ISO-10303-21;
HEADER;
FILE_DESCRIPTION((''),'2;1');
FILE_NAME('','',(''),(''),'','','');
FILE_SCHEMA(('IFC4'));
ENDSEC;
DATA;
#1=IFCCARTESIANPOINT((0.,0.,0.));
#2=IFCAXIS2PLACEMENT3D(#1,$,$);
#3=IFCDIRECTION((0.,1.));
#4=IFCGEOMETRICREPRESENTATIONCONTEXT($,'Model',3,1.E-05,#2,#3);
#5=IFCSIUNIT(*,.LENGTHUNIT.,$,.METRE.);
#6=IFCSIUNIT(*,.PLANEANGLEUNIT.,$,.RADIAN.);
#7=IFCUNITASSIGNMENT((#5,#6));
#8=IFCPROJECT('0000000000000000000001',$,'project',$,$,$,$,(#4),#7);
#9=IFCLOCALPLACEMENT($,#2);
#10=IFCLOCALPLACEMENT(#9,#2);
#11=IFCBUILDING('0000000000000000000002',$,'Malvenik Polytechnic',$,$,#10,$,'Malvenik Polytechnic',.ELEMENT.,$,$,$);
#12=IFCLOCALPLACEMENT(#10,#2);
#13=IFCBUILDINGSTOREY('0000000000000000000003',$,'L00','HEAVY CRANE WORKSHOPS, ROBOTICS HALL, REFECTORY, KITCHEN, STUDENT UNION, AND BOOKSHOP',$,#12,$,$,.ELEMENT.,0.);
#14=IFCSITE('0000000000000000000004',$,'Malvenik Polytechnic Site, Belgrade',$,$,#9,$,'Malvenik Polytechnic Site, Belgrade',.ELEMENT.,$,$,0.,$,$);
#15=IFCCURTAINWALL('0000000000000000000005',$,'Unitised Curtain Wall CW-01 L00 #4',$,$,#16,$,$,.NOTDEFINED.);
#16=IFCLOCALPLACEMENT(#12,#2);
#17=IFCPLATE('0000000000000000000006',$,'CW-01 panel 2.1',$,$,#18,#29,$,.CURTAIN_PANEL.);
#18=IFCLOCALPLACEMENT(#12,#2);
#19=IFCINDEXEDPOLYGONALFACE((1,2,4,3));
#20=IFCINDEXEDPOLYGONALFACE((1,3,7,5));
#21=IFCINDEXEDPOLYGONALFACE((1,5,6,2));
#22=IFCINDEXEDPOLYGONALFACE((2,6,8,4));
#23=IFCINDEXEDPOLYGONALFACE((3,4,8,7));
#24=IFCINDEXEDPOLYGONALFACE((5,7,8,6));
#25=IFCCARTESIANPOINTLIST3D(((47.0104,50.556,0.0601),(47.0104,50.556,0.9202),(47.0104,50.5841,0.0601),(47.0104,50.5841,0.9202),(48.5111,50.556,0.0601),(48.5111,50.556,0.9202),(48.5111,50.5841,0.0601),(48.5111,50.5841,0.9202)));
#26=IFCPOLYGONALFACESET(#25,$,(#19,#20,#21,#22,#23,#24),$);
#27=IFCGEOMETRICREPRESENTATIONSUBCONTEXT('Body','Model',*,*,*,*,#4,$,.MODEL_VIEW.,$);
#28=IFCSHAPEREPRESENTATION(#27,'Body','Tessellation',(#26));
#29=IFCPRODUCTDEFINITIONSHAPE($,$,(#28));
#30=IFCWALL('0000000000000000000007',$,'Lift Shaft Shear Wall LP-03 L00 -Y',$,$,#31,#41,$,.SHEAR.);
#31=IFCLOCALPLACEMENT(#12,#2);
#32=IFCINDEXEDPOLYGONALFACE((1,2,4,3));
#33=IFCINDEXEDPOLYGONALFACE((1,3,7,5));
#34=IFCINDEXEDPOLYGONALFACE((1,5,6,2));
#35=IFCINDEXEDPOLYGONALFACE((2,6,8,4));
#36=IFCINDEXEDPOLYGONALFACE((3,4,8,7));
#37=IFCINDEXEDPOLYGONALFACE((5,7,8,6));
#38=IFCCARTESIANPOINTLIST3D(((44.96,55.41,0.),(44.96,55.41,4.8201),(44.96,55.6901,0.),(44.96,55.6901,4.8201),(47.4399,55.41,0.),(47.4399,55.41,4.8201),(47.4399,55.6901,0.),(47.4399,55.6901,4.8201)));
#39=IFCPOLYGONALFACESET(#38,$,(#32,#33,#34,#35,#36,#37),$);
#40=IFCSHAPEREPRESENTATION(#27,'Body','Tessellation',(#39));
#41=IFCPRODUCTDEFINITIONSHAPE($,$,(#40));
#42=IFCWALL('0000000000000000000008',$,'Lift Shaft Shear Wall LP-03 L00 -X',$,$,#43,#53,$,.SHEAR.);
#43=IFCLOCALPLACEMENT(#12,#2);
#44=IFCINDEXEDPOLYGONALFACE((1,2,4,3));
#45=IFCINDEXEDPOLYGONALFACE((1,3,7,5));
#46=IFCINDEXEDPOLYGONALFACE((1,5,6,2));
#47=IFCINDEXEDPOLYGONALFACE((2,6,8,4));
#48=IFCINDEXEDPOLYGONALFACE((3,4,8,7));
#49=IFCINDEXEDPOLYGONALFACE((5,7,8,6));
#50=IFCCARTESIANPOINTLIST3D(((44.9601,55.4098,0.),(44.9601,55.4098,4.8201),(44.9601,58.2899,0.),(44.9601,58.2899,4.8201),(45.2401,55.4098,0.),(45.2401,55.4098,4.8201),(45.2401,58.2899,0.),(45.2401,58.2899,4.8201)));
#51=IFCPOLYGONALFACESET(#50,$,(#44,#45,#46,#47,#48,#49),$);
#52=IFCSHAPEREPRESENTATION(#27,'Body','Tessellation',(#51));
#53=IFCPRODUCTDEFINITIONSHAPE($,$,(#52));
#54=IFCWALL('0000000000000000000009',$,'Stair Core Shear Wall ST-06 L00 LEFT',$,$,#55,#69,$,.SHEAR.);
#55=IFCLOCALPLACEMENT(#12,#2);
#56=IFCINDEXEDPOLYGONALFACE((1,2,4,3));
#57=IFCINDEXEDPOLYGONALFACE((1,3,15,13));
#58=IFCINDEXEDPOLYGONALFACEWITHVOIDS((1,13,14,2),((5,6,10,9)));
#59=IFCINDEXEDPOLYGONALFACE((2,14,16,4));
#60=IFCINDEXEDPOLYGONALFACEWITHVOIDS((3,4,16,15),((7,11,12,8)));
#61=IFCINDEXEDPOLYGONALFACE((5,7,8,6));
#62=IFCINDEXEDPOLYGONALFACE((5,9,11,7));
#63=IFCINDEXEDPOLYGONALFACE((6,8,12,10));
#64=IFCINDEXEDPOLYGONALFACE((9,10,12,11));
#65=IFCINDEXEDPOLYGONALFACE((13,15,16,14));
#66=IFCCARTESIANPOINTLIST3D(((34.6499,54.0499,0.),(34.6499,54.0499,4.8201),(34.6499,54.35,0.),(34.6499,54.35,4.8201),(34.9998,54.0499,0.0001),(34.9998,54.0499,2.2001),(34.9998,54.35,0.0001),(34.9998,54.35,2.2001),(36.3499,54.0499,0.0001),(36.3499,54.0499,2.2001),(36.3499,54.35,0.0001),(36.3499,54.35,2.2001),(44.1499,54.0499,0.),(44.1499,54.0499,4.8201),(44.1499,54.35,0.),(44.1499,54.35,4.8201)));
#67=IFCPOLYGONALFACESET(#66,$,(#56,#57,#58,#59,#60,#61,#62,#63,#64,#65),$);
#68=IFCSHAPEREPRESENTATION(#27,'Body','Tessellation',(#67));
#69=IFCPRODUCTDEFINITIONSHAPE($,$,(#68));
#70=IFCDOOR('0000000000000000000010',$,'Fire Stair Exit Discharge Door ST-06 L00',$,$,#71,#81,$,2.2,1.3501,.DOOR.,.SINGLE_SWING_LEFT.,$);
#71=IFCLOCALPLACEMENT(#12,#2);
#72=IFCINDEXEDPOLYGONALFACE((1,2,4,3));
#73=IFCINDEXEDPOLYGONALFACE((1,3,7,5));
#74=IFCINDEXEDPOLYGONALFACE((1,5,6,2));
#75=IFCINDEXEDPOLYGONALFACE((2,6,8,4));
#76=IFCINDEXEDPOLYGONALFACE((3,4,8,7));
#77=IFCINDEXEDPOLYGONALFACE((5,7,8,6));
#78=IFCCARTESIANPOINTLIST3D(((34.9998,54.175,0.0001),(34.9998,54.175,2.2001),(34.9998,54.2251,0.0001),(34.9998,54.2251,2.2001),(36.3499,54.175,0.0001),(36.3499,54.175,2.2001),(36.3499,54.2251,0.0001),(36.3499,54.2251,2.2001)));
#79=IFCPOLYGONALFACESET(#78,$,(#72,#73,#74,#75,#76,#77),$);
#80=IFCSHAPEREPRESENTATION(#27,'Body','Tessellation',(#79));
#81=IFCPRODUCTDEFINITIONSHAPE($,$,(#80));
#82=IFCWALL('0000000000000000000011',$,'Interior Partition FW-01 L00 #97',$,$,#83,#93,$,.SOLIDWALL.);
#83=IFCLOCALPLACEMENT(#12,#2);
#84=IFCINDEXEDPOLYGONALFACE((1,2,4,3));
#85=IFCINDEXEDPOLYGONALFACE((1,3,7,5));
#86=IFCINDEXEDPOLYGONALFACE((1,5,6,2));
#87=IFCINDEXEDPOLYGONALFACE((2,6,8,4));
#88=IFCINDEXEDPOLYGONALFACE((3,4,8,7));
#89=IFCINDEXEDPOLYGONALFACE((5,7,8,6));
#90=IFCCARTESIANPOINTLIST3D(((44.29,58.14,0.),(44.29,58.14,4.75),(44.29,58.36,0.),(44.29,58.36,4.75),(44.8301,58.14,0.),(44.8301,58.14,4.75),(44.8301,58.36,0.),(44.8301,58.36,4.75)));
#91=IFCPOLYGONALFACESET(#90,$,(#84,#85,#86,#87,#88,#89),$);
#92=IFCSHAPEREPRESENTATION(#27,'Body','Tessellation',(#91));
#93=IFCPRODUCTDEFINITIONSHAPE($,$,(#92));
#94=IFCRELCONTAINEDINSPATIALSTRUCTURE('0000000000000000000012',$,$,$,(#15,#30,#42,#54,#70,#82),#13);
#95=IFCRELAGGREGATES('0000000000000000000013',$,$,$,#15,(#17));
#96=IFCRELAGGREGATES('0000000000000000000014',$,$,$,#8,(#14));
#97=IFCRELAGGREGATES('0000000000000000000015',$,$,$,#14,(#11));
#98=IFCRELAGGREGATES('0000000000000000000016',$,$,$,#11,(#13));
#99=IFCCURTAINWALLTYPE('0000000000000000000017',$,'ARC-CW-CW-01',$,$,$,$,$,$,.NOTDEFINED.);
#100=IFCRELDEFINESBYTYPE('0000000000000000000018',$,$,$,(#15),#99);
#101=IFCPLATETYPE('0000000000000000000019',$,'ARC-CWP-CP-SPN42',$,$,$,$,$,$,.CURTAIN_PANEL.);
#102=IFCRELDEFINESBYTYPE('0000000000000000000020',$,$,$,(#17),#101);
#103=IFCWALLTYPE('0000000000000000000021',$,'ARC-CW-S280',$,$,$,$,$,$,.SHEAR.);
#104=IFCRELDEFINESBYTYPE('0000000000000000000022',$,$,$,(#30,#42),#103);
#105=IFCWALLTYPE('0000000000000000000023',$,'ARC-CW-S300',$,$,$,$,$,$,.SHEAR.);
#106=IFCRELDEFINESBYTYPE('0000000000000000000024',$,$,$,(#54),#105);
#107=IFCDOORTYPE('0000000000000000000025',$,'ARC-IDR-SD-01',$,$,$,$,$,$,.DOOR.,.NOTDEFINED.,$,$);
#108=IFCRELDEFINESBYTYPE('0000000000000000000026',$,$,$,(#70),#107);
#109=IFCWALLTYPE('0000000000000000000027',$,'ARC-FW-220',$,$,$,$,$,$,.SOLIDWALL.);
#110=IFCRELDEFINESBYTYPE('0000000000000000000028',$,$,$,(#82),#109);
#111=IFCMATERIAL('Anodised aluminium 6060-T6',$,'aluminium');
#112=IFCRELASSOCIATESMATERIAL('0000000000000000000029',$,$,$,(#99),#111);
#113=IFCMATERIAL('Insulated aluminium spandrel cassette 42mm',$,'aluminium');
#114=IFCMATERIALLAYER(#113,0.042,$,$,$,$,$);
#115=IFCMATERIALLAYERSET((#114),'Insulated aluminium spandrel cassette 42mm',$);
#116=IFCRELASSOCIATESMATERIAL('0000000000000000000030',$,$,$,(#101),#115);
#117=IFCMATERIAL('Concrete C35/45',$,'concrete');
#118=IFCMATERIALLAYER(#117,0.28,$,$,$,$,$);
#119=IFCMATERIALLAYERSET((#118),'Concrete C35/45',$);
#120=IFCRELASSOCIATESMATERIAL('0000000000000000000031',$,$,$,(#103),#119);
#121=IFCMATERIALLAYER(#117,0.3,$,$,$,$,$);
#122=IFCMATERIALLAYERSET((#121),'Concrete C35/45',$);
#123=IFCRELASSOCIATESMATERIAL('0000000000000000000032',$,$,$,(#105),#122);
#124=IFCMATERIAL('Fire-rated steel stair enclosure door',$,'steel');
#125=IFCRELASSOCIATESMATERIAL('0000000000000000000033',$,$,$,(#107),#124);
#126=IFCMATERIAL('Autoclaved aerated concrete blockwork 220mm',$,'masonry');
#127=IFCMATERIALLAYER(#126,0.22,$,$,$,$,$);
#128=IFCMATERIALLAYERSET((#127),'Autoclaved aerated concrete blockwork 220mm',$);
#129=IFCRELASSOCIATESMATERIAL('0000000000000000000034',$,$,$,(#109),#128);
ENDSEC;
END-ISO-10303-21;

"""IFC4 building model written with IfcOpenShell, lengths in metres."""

from ifc_helpers import new_model, si_unit, direction, frame, frame_2d, origin, origin_2d, place, context, subcontext, project, spatial, rectangle, extrude, material, layer, layer_set, type_object, element, fill, aggregate, save


model = new_model("IFC4")

# Units and contexts
model_context = context("Model", 3, precision=1e-05, world=origin(), true_north=direction((0.0, 1.0)))
body_context = subcontext(model_context, "Body", "Model", "MODEL_VIEW")
ifc_project = project(units=[si_unit("LENGTHUNIT", "METRE"), si_unit("PLANEANGLEUNIT", "RADIAN")], contexts=[model_context])

# Site, building, storey
site_placement = place(None, origin())
site = spatial("IfcSite", under=ifc_project, at=site_placement, Name="Malvenik Polytechnic Site, Belgrade", LongName="Malvenik Polytechnic Site, Belgrade", CompositionType="ELEMENT", RefElevation=0.0)
building_placement = place(site_placement, origin())
building = spatial("IfcBuilding", under=site, at=building_placement, Name="Malvenik Polytechnic", LongName="Malvenik Polytechnic", CompositionType="ELEMENT")
storey_placement = place(building_placement, origin())
storey = spatial("IfcBuildingStorey", under=building, at=storey_placement, Name="L00", Description="HEAVY CRANE WORKSHOPS, ROBOTICS HALL, REFECTORY, KITCHEN, STUDENT UNION, AND BOOKSHOP", CompositionType="ELEMENT", Elevation=0.0)

# Curtain wall, plate
ifc_material_1 = material(Name="Anodised aluminium 6060-T6", Category="aluminium")
curtain_wall_type = type_object("IfcCurtainWallType", Name="ARC-CW-CW-01", PredefinedType="NOTDEFINED", material=ifc_material_1)
curtain_wall_placement = place(storey_placement, origin())
curtain_wall = element("IfcCurtainWall", 1, at=curtain_wall_placement, inside=storey, type_object=curtain_wall_type, Name="Unitised Curtain Wall CW-01 L00 #4", PredefinedType="NOTDEFINED")
ifc_material_2 = material(Name="Insulated aluminium spandrel cassette 42mm", Category="aluminium")
ifc_layer_1 = layer(ifc_material_2, 0.042)
ifc_layer_set_1 = layer_set([ifc_layer_1], Name="Insulated aluminium spandrel cassette 42mm")
plate_type_1 = type_object("IfcPlateType", Name="ARC-CWP-CP-SPN42", PredefinedType="CURTAIN_PANEL", material=ifc_layer_set_1)
plate_1_placement = place(storey_placement, frame((47.7607, 50.5701, 0.0601), z_axis=(0.0, 0.0, 1.0), x_axis=(-1.0, 0.0, 0.0)))
plate_1 = element("IfcPlate", 2, at=plate_1_placement, type_object=plate_type_1, Name="CW-01 panel 2.1", PredefinedType="CURTAIN_PANEL", context=body_context, shape_type="SweptSolid", body=[
    extrude(rectangle(XDim=1.5007, YDim=0.0281, at=origin_2d()), origin(), (0.0, 0.0, 1.0), 0.8601),
])
aggregate(curtain_wall, [plate_1])

# Wall
ifc_material_3 = material(Name="Concrete C35/45", Category="concrete")
ifc_layer_2 = layer(ifc_material_3, 0.28)
ifc_layer_set_2 = layer_set([ifc_layer_2], Name="Concrete C35/45")
wall_type_1 = type_object("IfcWallType", Name="ARC-CW-S280", PredefinedType="SHEAR", material=ifc_layer_set_2)
wall_1_placement = place(storey_placement, frame((47.4399, 55.55, 0.0), z_axis=(0.0, 0.0, 1.0), x_axis=(-1.0, 0.0, 0.0)))
element("IfcWall", 3, at=wall_1_placement, inside=storey, type_object=wall_type_1, Name="Lift Shaft Shear Wall LP-03 L00 -Y", PredefinedType="SHEAR", context=body_context, shape_type="SweptSolid", body=[
    extrude(rectangle(XDim=2.48, YDim=0.28, at=frame_2d((1.24, 0.0))), origin(), (0.0, 0.0, 1.0), 4.8201),
])

# Wall
wall_2_placement = place(storey_placement, frame((45.1001, 55.4099, 0.0), z_axis=(0.0, 0.0, 1.0), x_axis=(0.0, 1.0, 0.0)))
element("IfcWall", 4, at=wall_2_placement, inside=storey, type_object=wall_type_1, Name="Lift Shaft Shear Wall LP-03 L00 -X", PredefinedType="SHEAR", context=body_context, shape_type="SweptSolid", body=[
    extrude(rectangle(XDim=2.8801, YDim=0.28, at=frame_2d((1.4399, 0.0))), origin(), (0.0, 0.0, 1.0), 4.8201),
])

# Wall, opening, door
ifc_layer_3 = layer(ifc_material_3, 0.3)
ifc_layer_set_3 = layer_set([ifc_layer_3], Name="Concrete C35/45")
wall_type_2 = type_object("IfcWallType", Name="ARC-CW-S300", PredefinedType="SHEAR", material=ifc_layer_set_3)
wall_3_placement = place(storey_placement, frame((44.1499, 54.2, 0.0), z_axis=(0.0, 0.0, 1.0), x_axis=(-1.0, 0.0, 0.0)))
wall_3 = element("IfcWall", 5, at=wall_3_placement, inside=storey, type_object=wall_type_2, Name="Stair Core Shear Wall ST-06 L00 LEFT", PredefinedType="SHEAR", context=body_context, shape_type="SweptSolid", body=[
    extrude(rectangle(XDim=9.5, YDim=0.3, at=frame_2d((4.75, 0.0))), origin(), (0.0, 0.0, 1.0), 4.8201),
])
opening_1_placement = place(wall_3_placement, frame((7.8, 0.0, 0.0)))
opening_1 = element("IfcOpeningElement", 6, at=opening_1_placement, cuts=wall_3, PredefinedType="OPENING", context=body_context, shape_type="SweptSolid", body=[
    extrude(rectangle(XDim=1.3501, YDim=2.2, at=frame_2d((0.675, 1.1001))), frame((0.0, 0.1602, 0.0), z_axis=(0.0, -1.0, 0.0), x_axis=(1.0, 0.0, 0.0)), (0.0, 0.0, 1.0), 0.3201),
])
ifc_material_4 = material(Name="Fire-rated steel stair enclosure door", Category="steel")
door_type_1 = type_object("IfcDoorType", Name="ARC-IDR-SD-01", OperationType="NOTDEFINED", PredefinedType="DOOR", material=ifc_material_4)
door_1_placement = place(opening_1_placement, origin())
door_1 = element("IfcDoor", 7, at=door_1_placement, inside=storey, type_object=door_type_1, Name="Fire Stair Exit Discharge Door ST-06 L00", OperationType="SINGLE_SWING_LEFT", OverallHeight=2.2, OverallWidth=1.3501, PredefinedType="DOOR", context=body_context, shape_type="SweptSolid", body=[
    extrude(rectangle(XDim=1.3501, YDim=2.2, at=frame_2d((0.675, 1.1001))), frame((0.0, 0.0249, 0.0), z_axis=(0.0, -1.0, 0.0), x_axis=(1.0, 0.0, 0.0)), (0.0, 0.0, 1.0), 0.05),
])
fill(opening_1, door_1)

# Wall
ifc_material_5 = material(Name="Autoclaved aerated concrete blockwork 220mm", Category="masonry")
ifc_layer_4 = layer(ifc_material_5, 0.22)
ifc_layer_set_4 = layer_set([ifc_layer_4], Name="Autoclaved aerated concrete blockwork 220mm")
wall_type_3 = type_object("IfcWallType", Name="ARC-FW-220", PredefinedType="SOLIDWALL", material=ifc_layer_set_4)
wall_4_placement = place(storey_placement, frame((44.8301, 58.25, 0.0), z_axis=(0.0, 0.0, 1.0), x_axis=(-1.0, 0.0, 0.0)))
element("IfcWall", 8, at=wall_4_placement, inside=storey, type_object=wall_type_3, Name="Interior Partition FW-01 L00 #97", PredefinedType="SOLIDWALL", context=body_context, shape_type="SweptSolid", body=[
    extrude(rectangle(XDim=0.54, YDim=0.22, at=frame_2d((0.27, 0.0))), origin(), (0.0, 0.0, 1.0), 4.75),
])

save(model, "model.ifc")
